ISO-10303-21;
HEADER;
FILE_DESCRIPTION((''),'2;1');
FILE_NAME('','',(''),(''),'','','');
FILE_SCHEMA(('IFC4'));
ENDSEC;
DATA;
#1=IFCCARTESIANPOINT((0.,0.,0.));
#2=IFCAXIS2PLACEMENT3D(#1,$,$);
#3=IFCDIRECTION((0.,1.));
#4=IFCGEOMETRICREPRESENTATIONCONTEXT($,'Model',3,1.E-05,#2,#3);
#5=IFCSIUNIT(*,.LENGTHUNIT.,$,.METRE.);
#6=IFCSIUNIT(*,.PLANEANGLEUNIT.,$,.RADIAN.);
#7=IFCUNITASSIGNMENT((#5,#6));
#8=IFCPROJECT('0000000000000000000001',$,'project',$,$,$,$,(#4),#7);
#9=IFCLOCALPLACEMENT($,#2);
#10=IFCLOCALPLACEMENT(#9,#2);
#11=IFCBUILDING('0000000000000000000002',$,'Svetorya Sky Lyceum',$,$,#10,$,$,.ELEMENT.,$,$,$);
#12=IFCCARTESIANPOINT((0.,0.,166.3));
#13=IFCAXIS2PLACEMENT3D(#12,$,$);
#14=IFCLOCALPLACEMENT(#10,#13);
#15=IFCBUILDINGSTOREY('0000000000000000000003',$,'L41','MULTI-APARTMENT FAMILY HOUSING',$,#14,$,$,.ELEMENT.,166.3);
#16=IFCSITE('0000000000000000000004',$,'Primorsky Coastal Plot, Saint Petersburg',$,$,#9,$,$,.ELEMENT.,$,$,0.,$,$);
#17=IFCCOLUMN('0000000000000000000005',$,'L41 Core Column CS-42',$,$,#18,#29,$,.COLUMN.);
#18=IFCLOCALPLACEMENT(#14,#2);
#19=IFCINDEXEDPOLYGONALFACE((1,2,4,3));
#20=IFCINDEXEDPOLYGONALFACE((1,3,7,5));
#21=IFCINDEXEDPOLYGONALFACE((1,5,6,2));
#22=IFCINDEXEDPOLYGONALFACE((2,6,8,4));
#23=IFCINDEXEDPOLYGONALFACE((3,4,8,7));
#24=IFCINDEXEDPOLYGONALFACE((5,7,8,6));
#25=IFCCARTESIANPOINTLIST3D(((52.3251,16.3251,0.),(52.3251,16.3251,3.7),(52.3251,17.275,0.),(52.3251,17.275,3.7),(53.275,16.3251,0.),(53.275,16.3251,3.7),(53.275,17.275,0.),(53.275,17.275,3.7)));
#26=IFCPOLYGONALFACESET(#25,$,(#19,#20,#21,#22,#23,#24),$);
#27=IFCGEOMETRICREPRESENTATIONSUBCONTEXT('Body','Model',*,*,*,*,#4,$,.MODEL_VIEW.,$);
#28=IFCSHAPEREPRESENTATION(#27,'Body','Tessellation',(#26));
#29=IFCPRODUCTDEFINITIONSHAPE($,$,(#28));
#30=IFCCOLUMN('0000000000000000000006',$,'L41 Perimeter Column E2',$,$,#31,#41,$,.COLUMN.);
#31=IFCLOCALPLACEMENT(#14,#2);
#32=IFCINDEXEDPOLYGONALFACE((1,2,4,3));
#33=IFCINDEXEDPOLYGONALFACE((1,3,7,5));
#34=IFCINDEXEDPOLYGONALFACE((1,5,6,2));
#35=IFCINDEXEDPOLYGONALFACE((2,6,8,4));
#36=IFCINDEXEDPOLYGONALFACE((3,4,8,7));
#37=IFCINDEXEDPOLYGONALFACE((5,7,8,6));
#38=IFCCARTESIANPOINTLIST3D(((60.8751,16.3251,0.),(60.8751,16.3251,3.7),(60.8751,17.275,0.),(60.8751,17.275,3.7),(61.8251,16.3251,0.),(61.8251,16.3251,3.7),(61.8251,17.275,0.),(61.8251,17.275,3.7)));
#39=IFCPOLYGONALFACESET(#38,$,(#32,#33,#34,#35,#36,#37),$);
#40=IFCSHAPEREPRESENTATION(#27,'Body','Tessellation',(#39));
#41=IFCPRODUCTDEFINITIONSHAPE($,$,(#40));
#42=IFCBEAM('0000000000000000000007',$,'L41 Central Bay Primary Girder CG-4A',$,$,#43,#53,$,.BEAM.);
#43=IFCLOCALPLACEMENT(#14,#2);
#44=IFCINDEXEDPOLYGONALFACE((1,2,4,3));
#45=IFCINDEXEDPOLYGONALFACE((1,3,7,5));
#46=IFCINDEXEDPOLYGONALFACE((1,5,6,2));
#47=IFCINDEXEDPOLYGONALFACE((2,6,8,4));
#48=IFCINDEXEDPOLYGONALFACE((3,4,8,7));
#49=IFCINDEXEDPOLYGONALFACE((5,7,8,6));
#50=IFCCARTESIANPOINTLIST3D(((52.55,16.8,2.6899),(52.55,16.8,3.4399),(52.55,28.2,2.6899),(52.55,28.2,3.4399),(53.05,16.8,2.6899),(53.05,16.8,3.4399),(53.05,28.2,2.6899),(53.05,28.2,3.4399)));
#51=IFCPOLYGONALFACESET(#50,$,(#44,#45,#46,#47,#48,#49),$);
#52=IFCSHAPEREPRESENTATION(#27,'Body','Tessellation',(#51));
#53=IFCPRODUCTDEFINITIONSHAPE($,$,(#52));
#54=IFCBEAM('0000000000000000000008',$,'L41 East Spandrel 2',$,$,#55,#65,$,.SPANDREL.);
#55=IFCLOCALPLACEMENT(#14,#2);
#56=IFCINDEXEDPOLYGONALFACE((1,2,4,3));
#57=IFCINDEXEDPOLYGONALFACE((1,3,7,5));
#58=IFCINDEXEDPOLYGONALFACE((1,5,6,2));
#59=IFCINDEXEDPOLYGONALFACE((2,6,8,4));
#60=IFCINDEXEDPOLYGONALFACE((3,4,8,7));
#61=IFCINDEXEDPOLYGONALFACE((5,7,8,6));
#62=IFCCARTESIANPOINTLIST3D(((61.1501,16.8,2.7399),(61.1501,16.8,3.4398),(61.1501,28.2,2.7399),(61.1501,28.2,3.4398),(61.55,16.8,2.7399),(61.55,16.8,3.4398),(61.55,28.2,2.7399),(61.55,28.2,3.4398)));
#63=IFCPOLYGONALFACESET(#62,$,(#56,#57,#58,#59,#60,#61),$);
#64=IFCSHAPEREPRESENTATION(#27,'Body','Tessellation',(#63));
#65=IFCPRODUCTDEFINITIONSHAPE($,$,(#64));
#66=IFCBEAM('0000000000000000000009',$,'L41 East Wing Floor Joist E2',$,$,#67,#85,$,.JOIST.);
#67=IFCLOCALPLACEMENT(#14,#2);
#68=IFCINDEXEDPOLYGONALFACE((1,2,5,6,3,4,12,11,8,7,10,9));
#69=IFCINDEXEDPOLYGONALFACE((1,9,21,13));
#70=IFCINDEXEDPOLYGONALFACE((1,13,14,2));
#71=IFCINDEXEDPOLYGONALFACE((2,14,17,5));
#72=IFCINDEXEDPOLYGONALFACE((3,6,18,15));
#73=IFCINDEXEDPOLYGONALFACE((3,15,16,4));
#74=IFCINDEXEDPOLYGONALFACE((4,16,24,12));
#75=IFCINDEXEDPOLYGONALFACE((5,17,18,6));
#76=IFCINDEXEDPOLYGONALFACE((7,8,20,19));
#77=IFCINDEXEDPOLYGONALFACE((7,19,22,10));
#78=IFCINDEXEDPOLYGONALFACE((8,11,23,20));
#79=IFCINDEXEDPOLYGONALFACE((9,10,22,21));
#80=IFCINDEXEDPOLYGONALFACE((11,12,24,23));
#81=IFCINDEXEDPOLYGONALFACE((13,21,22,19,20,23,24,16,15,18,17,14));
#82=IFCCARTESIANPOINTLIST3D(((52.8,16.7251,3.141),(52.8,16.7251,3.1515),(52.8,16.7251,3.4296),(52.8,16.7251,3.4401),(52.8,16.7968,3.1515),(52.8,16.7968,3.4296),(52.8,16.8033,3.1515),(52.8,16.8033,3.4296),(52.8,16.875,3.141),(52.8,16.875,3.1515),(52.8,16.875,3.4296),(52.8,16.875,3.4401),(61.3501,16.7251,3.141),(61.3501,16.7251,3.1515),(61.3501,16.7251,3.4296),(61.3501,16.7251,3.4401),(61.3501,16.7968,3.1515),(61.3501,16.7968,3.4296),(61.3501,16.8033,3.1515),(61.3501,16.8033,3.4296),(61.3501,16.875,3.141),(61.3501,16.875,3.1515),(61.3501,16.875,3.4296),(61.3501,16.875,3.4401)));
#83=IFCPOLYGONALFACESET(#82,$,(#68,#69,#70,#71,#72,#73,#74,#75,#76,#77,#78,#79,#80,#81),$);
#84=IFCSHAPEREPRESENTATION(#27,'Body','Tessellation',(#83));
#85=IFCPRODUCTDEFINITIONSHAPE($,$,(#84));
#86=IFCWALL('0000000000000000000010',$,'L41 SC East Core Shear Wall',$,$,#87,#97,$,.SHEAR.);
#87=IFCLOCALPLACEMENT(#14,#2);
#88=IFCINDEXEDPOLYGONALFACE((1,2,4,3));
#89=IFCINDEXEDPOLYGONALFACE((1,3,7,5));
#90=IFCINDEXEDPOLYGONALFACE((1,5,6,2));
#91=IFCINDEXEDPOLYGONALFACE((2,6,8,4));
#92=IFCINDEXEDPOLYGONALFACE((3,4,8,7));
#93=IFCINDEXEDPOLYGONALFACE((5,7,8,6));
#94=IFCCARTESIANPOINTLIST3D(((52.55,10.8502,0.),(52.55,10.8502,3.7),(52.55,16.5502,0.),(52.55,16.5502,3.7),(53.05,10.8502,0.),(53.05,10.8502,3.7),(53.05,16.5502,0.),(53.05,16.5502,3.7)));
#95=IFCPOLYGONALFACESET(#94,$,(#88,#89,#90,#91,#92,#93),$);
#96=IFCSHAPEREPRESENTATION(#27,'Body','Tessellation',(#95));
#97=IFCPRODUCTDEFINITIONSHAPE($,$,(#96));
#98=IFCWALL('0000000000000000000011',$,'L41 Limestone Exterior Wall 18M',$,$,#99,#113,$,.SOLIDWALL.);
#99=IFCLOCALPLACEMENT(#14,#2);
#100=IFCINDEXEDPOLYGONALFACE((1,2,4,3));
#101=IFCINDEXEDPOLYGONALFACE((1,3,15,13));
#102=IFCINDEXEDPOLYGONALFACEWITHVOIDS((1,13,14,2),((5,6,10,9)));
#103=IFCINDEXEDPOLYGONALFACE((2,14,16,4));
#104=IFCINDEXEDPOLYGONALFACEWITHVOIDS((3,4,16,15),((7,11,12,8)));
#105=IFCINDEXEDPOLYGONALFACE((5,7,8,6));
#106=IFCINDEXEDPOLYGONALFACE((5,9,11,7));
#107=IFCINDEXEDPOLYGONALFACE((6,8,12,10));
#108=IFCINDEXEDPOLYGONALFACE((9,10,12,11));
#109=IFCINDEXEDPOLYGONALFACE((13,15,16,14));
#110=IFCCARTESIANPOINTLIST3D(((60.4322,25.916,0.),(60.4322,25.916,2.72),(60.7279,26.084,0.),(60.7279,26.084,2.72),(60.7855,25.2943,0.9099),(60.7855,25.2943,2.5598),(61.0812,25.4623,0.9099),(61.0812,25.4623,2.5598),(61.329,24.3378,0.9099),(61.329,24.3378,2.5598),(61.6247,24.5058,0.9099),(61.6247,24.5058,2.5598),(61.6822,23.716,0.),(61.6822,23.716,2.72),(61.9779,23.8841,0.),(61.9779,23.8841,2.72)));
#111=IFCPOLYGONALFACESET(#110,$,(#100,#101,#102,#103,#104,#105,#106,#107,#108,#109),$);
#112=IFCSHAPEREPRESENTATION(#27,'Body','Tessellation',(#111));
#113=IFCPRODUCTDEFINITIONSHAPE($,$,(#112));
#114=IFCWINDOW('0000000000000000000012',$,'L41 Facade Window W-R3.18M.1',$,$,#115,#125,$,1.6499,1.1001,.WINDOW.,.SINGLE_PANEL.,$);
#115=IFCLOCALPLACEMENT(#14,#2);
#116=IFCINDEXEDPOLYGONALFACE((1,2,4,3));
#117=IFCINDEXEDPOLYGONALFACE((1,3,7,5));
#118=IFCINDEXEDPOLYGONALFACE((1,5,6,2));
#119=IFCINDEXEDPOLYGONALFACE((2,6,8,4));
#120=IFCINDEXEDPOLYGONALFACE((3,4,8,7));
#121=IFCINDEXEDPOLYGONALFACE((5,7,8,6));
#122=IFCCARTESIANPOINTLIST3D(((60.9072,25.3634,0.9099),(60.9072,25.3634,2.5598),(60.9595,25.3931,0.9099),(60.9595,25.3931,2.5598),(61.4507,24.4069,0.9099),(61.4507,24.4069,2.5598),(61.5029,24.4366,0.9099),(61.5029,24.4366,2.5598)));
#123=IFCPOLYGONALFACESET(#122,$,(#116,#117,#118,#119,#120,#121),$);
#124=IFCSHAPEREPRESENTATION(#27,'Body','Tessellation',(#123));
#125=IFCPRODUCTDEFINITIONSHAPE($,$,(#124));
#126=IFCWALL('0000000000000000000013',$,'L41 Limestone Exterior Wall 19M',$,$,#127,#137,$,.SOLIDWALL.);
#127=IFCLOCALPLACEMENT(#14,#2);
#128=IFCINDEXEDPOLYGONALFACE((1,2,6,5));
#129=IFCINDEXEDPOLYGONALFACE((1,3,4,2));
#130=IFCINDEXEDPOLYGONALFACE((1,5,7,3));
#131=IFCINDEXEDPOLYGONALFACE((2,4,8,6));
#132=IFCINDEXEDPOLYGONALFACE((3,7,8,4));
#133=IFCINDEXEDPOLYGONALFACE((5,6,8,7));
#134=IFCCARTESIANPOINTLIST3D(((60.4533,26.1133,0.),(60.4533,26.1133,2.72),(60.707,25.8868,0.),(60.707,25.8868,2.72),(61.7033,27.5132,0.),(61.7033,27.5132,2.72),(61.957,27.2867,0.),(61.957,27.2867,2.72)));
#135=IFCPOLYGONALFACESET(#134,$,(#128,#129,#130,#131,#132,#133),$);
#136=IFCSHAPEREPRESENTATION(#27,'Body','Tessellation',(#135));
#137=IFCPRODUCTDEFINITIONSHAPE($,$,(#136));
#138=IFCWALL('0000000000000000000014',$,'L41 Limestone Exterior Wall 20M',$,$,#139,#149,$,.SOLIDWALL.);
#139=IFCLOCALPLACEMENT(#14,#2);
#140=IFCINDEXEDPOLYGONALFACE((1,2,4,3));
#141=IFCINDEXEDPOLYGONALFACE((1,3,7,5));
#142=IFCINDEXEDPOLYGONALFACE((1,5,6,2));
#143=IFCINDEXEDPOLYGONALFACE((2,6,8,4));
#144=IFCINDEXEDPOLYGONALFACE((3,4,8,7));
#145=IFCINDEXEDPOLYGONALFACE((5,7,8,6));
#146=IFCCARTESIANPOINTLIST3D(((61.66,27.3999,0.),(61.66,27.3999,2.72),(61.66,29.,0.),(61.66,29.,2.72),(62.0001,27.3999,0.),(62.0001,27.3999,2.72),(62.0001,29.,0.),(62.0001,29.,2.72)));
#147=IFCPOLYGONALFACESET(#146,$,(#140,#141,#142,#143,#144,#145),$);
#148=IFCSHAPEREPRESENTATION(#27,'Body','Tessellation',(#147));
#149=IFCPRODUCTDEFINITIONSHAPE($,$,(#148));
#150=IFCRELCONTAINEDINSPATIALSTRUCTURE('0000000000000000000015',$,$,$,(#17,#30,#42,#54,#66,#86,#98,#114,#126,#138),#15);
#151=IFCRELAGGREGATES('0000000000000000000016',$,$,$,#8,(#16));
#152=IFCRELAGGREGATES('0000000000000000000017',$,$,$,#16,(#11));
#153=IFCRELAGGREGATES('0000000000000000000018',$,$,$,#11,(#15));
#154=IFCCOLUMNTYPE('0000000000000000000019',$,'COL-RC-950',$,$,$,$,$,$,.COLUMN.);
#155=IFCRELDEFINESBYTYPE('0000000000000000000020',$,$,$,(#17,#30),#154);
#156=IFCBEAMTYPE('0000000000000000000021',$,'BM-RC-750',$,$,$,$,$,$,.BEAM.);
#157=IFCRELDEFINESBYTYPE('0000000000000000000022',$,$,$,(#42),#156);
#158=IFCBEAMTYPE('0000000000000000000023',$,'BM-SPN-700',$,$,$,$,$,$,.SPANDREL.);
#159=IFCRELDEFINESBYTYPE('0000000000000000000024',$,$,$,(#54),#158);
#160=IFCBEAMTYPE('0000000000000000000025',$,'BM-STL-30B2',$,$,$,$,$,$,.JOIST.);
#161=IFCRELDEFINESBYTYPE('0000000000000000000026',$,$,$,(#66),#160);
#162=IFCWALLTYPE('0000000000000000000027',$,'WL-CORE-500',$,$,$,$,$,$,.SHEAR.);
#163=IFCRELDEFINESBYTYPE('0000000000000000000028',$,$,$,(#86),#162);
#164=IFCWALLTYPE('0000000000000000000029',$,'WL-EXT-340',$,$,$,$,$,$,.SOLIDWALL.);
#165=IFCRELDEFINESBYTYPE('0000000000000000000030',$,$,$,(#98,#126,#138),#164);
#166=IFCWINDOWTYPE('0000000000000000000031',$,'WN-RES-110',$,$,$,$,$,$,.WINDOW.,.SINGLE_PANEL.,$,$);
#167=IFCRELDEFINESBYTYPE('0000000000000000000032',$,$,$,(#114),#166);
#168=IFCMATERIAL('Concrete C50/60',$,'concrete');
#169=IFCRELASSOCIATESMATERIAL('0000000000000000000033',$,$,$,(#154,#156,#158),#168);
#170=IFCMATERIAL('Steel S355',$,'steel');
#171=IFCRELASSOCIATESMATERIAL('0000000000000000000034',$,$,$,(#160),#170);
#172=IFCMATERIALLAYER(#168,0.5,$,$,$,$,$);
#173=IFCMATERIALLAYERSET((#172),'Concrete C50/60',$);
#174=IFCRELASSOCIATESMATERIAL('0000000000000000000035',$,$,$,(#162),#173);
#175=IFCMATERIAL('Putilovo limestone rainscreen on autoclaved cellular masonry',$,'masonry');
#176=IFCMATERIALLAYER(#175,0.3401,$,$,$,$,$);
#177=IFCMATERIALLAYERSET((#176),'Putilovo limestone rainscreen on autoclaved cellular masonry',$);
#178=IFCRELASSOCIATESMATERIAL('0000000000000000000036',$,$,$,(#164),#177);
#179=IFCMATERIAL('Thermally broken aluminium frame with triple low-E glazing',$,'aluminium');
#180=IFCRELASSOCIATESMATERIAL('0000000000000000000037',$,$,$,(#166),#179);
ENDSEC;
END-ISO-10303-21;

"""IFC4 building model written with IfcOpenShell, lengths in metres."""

from ifc_helpers import new_model, si_unit, direction, frame, frame_2d, origin, origin_2d, place, context, subcontext, project, spatial, rectangle, i_section, extrude, material, layer, layer_set, material_profile, profile_set, type_object, element, fill, save


model = new_model("IFC4")

# Units and contexts
model_context = context("Model", 3, precision=1e-05, world=origin(), true_north=direction((0.0, 1.0)))
body_context = subcontext(model_context, "Body", "Model", "MODEL_VIEW")
ifc_project = project(units=[si_unit("LENGTHUNIT", "METRE"), si_unit("PLANEANGLEUNIT", "RADIAN")], contexts=[model_context])

# Site, building, storey
site_placement = place(None, origin())
site = spatial("IfcSite", under=ifc_project, at=site_placement, Name="Primorsky Coastal Plot, Saint Petersburg", CompositionType="ELEMENT", RefElevation=0.0)
building_placement = place(site_placement, origin())
building = spatial("IfcBuilding", under=site, at=building_placement, Name="Svetorya Sky Lyceum", CompositionType="ELEMENT")
storey_placement = place(building_placement, frame((0.0, 0.0, 166.3)))
storey = spatial("IfcBuildingStorey", under=building, at=storey_placement, Name="L41", Description="MULTI-APARTMENT FAMILY HOUSING", CompositionType="ELEMENT", Elevation=166.3)

# Columns
ifc_material_1 = material(Name="Concrete C50/60", Category="concrete")
ifc_material_profile_1 = material_profile(ifc_material_1, rectangle(XDim=0.95, YDim=0.95, at=origin_2d()), Name="RC COL 950x950")
ifc_profile_set_1 = profile_set([ifc_material_profile_1], Name="Concrete C50/60")
column_type = type_object("IfcColumnType", Name="COL-RC-950", PredefinedType="COLUMN", material=ifc_profile_set_1)
for number, where, z_axis, x_axis, name in (
    (1, (52.8, 16.8, 0.0), (0.0, 0.0, 1.0), (1.0, 0.0, 0.0), "L41 Core Column CS-42"),
    (2, (61.3501, 16.8, 0.0), (0.0, 0.0, 1.0), (1.0, 0.0, 0.0), "L41 Perimeter Column E2"),
):
    element("IfcColumn", number, at=place(storey_placement, frame(where, z_axis=z_axis, x_axis=x_axis)), inside=storey, type_object=column_type, Name=name, PredefinedType="COLUMN", context=body_context, shape_type="SweptSolid", body=[
        extrude(rectangle(XDim=0.95, YDim=0.95, at=origin_2d()), origin(), (0.0, 0.0, 1.0), 3.7),
    ])

# Beams
ifc_material_profile_2 = material_profile(ifc_material_1, rectangle(XDim=0.5, YDim=0.75, at=origin_2d()), Name="RC BEAM 500x750")
ifc_profile_set_2 = profile_set([ifc_material_profile_2], Name="Concrete C50/60")
beam_type_1 = type_object("IfcBeamType", Name="BM-RC-750", PredefinedType="BEAM", material=ifc_profile_set_2)
beam_1_placement = place(storey_placement, frame((52.8, 16.8, 3.0649), z_axis=(0.0, 1.0, 0.0), x_axis=(-1.0, 0.0, 0.0)))
element("IfcBeam", 3, at=beam_1_placement, inside=storey, type_object=beam_type_1, Name="L41 Central Bay Primary Girder CG-4A", PredefinedType="BEAM", context=body_context, shape_type="SweptSolid", body=[
    extrude(rectangle(XDim=0.5, YDim=0.75, at=origin_2d()), origin(), (0.0, 0.0, 1.0), 11.3999),
])
ifc_material_profile_3 = material_profile(ifc_material_1, rectangle(XDim=0.3999, YDim=0.7, at=origin_2d()), Name="RC SPANDREL 400x700")
ifc_profile_set_3 = profile_set([ifc_material_profile_3], Name="Concrete C50/60")
beam_type_2 = type_object("IfcBeamType", Name="BM-SPN-700", PredefinedType="SPANDREL", material=ifc_profile_set_3)
beam_2_placement = place(storey_placement, frame((61.3501, 16.8, 3.0898), z_axis=(0.0, 1.0, 0.0), x_axis=(-1.0, 0.0, 0.0)))
element("IfcBeam", 4, at=beam_2_placement, inside=storey, type_object=beam_type_2, Name="L41 East Spandrel 2", PredefinedType="SPANDREL", context=body_context, shape_type="SweptSolid", body=[
    extrude(rectangle(XDim=0.3999, YDim=0.7, at=origin_2d()), origin(), (0.0, 0.0, 1.0), 11.3999),
])
ifc_material_2 = material(Name="Steel S355", Category="steel")
ifc_material_profile_4 = material_profile(ifc_material_2, i_section(OverallWidth=0.1499, OverallDepth=0.2991, WebThickness=0.0066, FlangeThickness=0.0105, at=origin_2d()), Name="GOST 30B2")
ifc_profile_set_4 = profile_set([ifc_material_profile_4], Name="Steel S355")
beam_type_3 = type_object("IfcBeamType", Name="BM-STL-30B2", PredefinedType="JOIST", material=ifc_profile_set_4)
beam_3_placement = place(storey_placement, frame((52.8, 16.8, 3.2905), z_axis=(1.0, 0.0, 0.0), x_axis=(0.0, 1.0, 0.0)))
element("IfcBeam", 5, at=beam_3_placement, inside=storey, type_object=beam_type_3, Name="L41 East Wing Floor Joist E2", PredefinedType="JOIST", context=body_context, shape_type="SweptSolid", body=[
    extrude(i_section(OverallWidth=0.1499, OverallDepth=0.2991, WebThickness=0.0066, FlangeThickness=0.0105, at=origin_2d()), origin(), (0.0, 0.0, 1.0), 8.55),
])

# Wall
ifc_layer_1 = layer(ifc_material_1, 0.5)
ifc_layer_set_1 = layer_set([ifc_layer_1], Name="Concrete C50/60")
wall_type_1 = type_object("IfcWallType", Name="WL-CORE-500", PredefinedType="SHEAR", material=ifc_layer_set_1)
wall_1_placement = place(storey_placement, frame((52.8, 10.8501, 0.0), z_axis=(0.0, 0.0, 1.0), x_axis=(0.0, 1.0, 0.0)))
element("IfcWall", 6, at=wall_1_placement, inside=storey, type_object=wall_type_1, Name="L41 SC East Core Shear Wall", PredefinedType="SHEAR", context=body_context, shape_type="SweptSolid", body=[
    extrude(rectangle(XDim=5.7, YDim=0.5, at=frame_2d((2.8501, 0.0))), origin(), (0.0, 0.0, 1.0), 3.7),
])

# Wall, opening, window
ifc_material_3 = material(Name="Putilovo limestone rainscreen on autoclaved cellular masonry", Category="masonry")
ifc_layer_2 = layer(ifc_material_3, 0.3401)
ifc_layer_set_2 = layer_set([ifc_layer_2], Name="Putilovo limestone rainscreen on autoclaved cellular masonry")
wall_type_2 = type_object("IfcWallType", Name="WL-EXT-340", PredefinedType="SOLIDWALL", material=ifc_layer_set_2)
wall_2_placement = place(storey_placement, frame((61.8301, 23.8, 0.0), z_axis=(0.0, 0.0, 1.0), x_axis=(-0.494018, 0.869452, 0.0)))
wall_2 = element("IfcWall", 7, at=wall_2_placement, inside=storey, type_object=wall_type_2, Name="L41 Limestone Exterior Wall 18M", PredefinedType="SOLIDWALL", context=body_context, shape_type="SweptSolid", body=[
    extrude(rectangle(XDim=2.5303, YDim=0.3401, at=frame_2d((1.2651, 0.0))), origin(), (0.0, 0.0, 1.0), 2.72),
])
opening_1_placement = place(wall_2_placement, frame((0.7151, 0.0, 0.9099)))
opening_1 = element("IfcOpeningElement", 8, at=opening_1_placement, cuts=wall_2, PredefinedType="OPENING", context=body_context, shape_type="SweptSolid", body=[
    extrude(rectangle(XDim=1.1001, YDim=1.6499, at=frame_2d((0.55, 0.825))), frame((0.0, 0.1799, 0.0), z_axis=(0.0, -1.0, 0.0), x_axis=(1.0, 0.0, 0.0)), (0.0, 0.0, 1.0), 0.3601),
])
ifc_material_4 = material(Name="Thermally broken aluminium frame with triple low-E glazing", Category="aluminium")
window_type = type_object("IfcWindowType", Name="WN-RES-110", PartitioningType="SINGLE_PANEL", PredefinedType="WINDOW", material=ifc_material_4)
window_placement = place(opening_1_placement, origin())
window = element("IfcWindow", 9, at=window_placement, inside=storey, type_object=window_type, Name="L41 Facade Window W-R3.18M.1", OverallHeight=1.6499, OverallWidth=1.1001, PartitioningType="SINGLE_PANEL", PredefinedType="WINDOW", context=body_context, shape_type="SweptSolid", body=[
    extrude(rectangle(XDim=1.1001, YDim=1.6499, at=frame_2d((0.55, 0.825))), frame((0.0, 0.03, 0.0), z_axis=(0.0, -1.0, 0.0), x_axis=(1.0, 0.0, 0.0)), (0.0, 0.0, 1.0), 0.0601),
])
fill(opening_1, window)

# Walls
wall_3_placement = place(storey_placement, frame((60.5801, 26.0, 0.0), z_axis=(0.0, 0.0, 1.0), x_axis=(0.666042, 0.745915, 0.0)))
element("IfcWall", 10, at=wall_3_placement, inside=storey, type_object=wall_type_2, Name="L41 Limestone Exterior Wall 19M", PredefinedType="SOLIDWALL", context=body_context, shape_type="SweptSolid", body=[
    extrude(rectangle(XDim=1.8767, YDim=0.3401, at=frame_2d((0.9385, 0.0))), origin(), (0.0, 0.0, 1.0), 2.72),
])
wall_4_placement = place(storey_placement, frame((61.8301, 27.3999, 0.0), z_axis=(0.0, 0.0, 1.0), x_axis=(0.0, 1.0, 0.0)))
element("IfcWall", 11, at=wall_4_placement, inside=storey, type_object=wall_type_2, Name="L41 Limestone Exterior Wall 20M", PredefinedType="SOLIDWALL", context=body_context, shape_type="SweptSolid", body=[
    extrude(rectangle(XDim=1.6001, YDim=0.3401, at=frame_2d((0.8, 0.0))), origin(), (0.0, 0.0, 1.0), 2.72),
])

save(model, "model.ifc")
